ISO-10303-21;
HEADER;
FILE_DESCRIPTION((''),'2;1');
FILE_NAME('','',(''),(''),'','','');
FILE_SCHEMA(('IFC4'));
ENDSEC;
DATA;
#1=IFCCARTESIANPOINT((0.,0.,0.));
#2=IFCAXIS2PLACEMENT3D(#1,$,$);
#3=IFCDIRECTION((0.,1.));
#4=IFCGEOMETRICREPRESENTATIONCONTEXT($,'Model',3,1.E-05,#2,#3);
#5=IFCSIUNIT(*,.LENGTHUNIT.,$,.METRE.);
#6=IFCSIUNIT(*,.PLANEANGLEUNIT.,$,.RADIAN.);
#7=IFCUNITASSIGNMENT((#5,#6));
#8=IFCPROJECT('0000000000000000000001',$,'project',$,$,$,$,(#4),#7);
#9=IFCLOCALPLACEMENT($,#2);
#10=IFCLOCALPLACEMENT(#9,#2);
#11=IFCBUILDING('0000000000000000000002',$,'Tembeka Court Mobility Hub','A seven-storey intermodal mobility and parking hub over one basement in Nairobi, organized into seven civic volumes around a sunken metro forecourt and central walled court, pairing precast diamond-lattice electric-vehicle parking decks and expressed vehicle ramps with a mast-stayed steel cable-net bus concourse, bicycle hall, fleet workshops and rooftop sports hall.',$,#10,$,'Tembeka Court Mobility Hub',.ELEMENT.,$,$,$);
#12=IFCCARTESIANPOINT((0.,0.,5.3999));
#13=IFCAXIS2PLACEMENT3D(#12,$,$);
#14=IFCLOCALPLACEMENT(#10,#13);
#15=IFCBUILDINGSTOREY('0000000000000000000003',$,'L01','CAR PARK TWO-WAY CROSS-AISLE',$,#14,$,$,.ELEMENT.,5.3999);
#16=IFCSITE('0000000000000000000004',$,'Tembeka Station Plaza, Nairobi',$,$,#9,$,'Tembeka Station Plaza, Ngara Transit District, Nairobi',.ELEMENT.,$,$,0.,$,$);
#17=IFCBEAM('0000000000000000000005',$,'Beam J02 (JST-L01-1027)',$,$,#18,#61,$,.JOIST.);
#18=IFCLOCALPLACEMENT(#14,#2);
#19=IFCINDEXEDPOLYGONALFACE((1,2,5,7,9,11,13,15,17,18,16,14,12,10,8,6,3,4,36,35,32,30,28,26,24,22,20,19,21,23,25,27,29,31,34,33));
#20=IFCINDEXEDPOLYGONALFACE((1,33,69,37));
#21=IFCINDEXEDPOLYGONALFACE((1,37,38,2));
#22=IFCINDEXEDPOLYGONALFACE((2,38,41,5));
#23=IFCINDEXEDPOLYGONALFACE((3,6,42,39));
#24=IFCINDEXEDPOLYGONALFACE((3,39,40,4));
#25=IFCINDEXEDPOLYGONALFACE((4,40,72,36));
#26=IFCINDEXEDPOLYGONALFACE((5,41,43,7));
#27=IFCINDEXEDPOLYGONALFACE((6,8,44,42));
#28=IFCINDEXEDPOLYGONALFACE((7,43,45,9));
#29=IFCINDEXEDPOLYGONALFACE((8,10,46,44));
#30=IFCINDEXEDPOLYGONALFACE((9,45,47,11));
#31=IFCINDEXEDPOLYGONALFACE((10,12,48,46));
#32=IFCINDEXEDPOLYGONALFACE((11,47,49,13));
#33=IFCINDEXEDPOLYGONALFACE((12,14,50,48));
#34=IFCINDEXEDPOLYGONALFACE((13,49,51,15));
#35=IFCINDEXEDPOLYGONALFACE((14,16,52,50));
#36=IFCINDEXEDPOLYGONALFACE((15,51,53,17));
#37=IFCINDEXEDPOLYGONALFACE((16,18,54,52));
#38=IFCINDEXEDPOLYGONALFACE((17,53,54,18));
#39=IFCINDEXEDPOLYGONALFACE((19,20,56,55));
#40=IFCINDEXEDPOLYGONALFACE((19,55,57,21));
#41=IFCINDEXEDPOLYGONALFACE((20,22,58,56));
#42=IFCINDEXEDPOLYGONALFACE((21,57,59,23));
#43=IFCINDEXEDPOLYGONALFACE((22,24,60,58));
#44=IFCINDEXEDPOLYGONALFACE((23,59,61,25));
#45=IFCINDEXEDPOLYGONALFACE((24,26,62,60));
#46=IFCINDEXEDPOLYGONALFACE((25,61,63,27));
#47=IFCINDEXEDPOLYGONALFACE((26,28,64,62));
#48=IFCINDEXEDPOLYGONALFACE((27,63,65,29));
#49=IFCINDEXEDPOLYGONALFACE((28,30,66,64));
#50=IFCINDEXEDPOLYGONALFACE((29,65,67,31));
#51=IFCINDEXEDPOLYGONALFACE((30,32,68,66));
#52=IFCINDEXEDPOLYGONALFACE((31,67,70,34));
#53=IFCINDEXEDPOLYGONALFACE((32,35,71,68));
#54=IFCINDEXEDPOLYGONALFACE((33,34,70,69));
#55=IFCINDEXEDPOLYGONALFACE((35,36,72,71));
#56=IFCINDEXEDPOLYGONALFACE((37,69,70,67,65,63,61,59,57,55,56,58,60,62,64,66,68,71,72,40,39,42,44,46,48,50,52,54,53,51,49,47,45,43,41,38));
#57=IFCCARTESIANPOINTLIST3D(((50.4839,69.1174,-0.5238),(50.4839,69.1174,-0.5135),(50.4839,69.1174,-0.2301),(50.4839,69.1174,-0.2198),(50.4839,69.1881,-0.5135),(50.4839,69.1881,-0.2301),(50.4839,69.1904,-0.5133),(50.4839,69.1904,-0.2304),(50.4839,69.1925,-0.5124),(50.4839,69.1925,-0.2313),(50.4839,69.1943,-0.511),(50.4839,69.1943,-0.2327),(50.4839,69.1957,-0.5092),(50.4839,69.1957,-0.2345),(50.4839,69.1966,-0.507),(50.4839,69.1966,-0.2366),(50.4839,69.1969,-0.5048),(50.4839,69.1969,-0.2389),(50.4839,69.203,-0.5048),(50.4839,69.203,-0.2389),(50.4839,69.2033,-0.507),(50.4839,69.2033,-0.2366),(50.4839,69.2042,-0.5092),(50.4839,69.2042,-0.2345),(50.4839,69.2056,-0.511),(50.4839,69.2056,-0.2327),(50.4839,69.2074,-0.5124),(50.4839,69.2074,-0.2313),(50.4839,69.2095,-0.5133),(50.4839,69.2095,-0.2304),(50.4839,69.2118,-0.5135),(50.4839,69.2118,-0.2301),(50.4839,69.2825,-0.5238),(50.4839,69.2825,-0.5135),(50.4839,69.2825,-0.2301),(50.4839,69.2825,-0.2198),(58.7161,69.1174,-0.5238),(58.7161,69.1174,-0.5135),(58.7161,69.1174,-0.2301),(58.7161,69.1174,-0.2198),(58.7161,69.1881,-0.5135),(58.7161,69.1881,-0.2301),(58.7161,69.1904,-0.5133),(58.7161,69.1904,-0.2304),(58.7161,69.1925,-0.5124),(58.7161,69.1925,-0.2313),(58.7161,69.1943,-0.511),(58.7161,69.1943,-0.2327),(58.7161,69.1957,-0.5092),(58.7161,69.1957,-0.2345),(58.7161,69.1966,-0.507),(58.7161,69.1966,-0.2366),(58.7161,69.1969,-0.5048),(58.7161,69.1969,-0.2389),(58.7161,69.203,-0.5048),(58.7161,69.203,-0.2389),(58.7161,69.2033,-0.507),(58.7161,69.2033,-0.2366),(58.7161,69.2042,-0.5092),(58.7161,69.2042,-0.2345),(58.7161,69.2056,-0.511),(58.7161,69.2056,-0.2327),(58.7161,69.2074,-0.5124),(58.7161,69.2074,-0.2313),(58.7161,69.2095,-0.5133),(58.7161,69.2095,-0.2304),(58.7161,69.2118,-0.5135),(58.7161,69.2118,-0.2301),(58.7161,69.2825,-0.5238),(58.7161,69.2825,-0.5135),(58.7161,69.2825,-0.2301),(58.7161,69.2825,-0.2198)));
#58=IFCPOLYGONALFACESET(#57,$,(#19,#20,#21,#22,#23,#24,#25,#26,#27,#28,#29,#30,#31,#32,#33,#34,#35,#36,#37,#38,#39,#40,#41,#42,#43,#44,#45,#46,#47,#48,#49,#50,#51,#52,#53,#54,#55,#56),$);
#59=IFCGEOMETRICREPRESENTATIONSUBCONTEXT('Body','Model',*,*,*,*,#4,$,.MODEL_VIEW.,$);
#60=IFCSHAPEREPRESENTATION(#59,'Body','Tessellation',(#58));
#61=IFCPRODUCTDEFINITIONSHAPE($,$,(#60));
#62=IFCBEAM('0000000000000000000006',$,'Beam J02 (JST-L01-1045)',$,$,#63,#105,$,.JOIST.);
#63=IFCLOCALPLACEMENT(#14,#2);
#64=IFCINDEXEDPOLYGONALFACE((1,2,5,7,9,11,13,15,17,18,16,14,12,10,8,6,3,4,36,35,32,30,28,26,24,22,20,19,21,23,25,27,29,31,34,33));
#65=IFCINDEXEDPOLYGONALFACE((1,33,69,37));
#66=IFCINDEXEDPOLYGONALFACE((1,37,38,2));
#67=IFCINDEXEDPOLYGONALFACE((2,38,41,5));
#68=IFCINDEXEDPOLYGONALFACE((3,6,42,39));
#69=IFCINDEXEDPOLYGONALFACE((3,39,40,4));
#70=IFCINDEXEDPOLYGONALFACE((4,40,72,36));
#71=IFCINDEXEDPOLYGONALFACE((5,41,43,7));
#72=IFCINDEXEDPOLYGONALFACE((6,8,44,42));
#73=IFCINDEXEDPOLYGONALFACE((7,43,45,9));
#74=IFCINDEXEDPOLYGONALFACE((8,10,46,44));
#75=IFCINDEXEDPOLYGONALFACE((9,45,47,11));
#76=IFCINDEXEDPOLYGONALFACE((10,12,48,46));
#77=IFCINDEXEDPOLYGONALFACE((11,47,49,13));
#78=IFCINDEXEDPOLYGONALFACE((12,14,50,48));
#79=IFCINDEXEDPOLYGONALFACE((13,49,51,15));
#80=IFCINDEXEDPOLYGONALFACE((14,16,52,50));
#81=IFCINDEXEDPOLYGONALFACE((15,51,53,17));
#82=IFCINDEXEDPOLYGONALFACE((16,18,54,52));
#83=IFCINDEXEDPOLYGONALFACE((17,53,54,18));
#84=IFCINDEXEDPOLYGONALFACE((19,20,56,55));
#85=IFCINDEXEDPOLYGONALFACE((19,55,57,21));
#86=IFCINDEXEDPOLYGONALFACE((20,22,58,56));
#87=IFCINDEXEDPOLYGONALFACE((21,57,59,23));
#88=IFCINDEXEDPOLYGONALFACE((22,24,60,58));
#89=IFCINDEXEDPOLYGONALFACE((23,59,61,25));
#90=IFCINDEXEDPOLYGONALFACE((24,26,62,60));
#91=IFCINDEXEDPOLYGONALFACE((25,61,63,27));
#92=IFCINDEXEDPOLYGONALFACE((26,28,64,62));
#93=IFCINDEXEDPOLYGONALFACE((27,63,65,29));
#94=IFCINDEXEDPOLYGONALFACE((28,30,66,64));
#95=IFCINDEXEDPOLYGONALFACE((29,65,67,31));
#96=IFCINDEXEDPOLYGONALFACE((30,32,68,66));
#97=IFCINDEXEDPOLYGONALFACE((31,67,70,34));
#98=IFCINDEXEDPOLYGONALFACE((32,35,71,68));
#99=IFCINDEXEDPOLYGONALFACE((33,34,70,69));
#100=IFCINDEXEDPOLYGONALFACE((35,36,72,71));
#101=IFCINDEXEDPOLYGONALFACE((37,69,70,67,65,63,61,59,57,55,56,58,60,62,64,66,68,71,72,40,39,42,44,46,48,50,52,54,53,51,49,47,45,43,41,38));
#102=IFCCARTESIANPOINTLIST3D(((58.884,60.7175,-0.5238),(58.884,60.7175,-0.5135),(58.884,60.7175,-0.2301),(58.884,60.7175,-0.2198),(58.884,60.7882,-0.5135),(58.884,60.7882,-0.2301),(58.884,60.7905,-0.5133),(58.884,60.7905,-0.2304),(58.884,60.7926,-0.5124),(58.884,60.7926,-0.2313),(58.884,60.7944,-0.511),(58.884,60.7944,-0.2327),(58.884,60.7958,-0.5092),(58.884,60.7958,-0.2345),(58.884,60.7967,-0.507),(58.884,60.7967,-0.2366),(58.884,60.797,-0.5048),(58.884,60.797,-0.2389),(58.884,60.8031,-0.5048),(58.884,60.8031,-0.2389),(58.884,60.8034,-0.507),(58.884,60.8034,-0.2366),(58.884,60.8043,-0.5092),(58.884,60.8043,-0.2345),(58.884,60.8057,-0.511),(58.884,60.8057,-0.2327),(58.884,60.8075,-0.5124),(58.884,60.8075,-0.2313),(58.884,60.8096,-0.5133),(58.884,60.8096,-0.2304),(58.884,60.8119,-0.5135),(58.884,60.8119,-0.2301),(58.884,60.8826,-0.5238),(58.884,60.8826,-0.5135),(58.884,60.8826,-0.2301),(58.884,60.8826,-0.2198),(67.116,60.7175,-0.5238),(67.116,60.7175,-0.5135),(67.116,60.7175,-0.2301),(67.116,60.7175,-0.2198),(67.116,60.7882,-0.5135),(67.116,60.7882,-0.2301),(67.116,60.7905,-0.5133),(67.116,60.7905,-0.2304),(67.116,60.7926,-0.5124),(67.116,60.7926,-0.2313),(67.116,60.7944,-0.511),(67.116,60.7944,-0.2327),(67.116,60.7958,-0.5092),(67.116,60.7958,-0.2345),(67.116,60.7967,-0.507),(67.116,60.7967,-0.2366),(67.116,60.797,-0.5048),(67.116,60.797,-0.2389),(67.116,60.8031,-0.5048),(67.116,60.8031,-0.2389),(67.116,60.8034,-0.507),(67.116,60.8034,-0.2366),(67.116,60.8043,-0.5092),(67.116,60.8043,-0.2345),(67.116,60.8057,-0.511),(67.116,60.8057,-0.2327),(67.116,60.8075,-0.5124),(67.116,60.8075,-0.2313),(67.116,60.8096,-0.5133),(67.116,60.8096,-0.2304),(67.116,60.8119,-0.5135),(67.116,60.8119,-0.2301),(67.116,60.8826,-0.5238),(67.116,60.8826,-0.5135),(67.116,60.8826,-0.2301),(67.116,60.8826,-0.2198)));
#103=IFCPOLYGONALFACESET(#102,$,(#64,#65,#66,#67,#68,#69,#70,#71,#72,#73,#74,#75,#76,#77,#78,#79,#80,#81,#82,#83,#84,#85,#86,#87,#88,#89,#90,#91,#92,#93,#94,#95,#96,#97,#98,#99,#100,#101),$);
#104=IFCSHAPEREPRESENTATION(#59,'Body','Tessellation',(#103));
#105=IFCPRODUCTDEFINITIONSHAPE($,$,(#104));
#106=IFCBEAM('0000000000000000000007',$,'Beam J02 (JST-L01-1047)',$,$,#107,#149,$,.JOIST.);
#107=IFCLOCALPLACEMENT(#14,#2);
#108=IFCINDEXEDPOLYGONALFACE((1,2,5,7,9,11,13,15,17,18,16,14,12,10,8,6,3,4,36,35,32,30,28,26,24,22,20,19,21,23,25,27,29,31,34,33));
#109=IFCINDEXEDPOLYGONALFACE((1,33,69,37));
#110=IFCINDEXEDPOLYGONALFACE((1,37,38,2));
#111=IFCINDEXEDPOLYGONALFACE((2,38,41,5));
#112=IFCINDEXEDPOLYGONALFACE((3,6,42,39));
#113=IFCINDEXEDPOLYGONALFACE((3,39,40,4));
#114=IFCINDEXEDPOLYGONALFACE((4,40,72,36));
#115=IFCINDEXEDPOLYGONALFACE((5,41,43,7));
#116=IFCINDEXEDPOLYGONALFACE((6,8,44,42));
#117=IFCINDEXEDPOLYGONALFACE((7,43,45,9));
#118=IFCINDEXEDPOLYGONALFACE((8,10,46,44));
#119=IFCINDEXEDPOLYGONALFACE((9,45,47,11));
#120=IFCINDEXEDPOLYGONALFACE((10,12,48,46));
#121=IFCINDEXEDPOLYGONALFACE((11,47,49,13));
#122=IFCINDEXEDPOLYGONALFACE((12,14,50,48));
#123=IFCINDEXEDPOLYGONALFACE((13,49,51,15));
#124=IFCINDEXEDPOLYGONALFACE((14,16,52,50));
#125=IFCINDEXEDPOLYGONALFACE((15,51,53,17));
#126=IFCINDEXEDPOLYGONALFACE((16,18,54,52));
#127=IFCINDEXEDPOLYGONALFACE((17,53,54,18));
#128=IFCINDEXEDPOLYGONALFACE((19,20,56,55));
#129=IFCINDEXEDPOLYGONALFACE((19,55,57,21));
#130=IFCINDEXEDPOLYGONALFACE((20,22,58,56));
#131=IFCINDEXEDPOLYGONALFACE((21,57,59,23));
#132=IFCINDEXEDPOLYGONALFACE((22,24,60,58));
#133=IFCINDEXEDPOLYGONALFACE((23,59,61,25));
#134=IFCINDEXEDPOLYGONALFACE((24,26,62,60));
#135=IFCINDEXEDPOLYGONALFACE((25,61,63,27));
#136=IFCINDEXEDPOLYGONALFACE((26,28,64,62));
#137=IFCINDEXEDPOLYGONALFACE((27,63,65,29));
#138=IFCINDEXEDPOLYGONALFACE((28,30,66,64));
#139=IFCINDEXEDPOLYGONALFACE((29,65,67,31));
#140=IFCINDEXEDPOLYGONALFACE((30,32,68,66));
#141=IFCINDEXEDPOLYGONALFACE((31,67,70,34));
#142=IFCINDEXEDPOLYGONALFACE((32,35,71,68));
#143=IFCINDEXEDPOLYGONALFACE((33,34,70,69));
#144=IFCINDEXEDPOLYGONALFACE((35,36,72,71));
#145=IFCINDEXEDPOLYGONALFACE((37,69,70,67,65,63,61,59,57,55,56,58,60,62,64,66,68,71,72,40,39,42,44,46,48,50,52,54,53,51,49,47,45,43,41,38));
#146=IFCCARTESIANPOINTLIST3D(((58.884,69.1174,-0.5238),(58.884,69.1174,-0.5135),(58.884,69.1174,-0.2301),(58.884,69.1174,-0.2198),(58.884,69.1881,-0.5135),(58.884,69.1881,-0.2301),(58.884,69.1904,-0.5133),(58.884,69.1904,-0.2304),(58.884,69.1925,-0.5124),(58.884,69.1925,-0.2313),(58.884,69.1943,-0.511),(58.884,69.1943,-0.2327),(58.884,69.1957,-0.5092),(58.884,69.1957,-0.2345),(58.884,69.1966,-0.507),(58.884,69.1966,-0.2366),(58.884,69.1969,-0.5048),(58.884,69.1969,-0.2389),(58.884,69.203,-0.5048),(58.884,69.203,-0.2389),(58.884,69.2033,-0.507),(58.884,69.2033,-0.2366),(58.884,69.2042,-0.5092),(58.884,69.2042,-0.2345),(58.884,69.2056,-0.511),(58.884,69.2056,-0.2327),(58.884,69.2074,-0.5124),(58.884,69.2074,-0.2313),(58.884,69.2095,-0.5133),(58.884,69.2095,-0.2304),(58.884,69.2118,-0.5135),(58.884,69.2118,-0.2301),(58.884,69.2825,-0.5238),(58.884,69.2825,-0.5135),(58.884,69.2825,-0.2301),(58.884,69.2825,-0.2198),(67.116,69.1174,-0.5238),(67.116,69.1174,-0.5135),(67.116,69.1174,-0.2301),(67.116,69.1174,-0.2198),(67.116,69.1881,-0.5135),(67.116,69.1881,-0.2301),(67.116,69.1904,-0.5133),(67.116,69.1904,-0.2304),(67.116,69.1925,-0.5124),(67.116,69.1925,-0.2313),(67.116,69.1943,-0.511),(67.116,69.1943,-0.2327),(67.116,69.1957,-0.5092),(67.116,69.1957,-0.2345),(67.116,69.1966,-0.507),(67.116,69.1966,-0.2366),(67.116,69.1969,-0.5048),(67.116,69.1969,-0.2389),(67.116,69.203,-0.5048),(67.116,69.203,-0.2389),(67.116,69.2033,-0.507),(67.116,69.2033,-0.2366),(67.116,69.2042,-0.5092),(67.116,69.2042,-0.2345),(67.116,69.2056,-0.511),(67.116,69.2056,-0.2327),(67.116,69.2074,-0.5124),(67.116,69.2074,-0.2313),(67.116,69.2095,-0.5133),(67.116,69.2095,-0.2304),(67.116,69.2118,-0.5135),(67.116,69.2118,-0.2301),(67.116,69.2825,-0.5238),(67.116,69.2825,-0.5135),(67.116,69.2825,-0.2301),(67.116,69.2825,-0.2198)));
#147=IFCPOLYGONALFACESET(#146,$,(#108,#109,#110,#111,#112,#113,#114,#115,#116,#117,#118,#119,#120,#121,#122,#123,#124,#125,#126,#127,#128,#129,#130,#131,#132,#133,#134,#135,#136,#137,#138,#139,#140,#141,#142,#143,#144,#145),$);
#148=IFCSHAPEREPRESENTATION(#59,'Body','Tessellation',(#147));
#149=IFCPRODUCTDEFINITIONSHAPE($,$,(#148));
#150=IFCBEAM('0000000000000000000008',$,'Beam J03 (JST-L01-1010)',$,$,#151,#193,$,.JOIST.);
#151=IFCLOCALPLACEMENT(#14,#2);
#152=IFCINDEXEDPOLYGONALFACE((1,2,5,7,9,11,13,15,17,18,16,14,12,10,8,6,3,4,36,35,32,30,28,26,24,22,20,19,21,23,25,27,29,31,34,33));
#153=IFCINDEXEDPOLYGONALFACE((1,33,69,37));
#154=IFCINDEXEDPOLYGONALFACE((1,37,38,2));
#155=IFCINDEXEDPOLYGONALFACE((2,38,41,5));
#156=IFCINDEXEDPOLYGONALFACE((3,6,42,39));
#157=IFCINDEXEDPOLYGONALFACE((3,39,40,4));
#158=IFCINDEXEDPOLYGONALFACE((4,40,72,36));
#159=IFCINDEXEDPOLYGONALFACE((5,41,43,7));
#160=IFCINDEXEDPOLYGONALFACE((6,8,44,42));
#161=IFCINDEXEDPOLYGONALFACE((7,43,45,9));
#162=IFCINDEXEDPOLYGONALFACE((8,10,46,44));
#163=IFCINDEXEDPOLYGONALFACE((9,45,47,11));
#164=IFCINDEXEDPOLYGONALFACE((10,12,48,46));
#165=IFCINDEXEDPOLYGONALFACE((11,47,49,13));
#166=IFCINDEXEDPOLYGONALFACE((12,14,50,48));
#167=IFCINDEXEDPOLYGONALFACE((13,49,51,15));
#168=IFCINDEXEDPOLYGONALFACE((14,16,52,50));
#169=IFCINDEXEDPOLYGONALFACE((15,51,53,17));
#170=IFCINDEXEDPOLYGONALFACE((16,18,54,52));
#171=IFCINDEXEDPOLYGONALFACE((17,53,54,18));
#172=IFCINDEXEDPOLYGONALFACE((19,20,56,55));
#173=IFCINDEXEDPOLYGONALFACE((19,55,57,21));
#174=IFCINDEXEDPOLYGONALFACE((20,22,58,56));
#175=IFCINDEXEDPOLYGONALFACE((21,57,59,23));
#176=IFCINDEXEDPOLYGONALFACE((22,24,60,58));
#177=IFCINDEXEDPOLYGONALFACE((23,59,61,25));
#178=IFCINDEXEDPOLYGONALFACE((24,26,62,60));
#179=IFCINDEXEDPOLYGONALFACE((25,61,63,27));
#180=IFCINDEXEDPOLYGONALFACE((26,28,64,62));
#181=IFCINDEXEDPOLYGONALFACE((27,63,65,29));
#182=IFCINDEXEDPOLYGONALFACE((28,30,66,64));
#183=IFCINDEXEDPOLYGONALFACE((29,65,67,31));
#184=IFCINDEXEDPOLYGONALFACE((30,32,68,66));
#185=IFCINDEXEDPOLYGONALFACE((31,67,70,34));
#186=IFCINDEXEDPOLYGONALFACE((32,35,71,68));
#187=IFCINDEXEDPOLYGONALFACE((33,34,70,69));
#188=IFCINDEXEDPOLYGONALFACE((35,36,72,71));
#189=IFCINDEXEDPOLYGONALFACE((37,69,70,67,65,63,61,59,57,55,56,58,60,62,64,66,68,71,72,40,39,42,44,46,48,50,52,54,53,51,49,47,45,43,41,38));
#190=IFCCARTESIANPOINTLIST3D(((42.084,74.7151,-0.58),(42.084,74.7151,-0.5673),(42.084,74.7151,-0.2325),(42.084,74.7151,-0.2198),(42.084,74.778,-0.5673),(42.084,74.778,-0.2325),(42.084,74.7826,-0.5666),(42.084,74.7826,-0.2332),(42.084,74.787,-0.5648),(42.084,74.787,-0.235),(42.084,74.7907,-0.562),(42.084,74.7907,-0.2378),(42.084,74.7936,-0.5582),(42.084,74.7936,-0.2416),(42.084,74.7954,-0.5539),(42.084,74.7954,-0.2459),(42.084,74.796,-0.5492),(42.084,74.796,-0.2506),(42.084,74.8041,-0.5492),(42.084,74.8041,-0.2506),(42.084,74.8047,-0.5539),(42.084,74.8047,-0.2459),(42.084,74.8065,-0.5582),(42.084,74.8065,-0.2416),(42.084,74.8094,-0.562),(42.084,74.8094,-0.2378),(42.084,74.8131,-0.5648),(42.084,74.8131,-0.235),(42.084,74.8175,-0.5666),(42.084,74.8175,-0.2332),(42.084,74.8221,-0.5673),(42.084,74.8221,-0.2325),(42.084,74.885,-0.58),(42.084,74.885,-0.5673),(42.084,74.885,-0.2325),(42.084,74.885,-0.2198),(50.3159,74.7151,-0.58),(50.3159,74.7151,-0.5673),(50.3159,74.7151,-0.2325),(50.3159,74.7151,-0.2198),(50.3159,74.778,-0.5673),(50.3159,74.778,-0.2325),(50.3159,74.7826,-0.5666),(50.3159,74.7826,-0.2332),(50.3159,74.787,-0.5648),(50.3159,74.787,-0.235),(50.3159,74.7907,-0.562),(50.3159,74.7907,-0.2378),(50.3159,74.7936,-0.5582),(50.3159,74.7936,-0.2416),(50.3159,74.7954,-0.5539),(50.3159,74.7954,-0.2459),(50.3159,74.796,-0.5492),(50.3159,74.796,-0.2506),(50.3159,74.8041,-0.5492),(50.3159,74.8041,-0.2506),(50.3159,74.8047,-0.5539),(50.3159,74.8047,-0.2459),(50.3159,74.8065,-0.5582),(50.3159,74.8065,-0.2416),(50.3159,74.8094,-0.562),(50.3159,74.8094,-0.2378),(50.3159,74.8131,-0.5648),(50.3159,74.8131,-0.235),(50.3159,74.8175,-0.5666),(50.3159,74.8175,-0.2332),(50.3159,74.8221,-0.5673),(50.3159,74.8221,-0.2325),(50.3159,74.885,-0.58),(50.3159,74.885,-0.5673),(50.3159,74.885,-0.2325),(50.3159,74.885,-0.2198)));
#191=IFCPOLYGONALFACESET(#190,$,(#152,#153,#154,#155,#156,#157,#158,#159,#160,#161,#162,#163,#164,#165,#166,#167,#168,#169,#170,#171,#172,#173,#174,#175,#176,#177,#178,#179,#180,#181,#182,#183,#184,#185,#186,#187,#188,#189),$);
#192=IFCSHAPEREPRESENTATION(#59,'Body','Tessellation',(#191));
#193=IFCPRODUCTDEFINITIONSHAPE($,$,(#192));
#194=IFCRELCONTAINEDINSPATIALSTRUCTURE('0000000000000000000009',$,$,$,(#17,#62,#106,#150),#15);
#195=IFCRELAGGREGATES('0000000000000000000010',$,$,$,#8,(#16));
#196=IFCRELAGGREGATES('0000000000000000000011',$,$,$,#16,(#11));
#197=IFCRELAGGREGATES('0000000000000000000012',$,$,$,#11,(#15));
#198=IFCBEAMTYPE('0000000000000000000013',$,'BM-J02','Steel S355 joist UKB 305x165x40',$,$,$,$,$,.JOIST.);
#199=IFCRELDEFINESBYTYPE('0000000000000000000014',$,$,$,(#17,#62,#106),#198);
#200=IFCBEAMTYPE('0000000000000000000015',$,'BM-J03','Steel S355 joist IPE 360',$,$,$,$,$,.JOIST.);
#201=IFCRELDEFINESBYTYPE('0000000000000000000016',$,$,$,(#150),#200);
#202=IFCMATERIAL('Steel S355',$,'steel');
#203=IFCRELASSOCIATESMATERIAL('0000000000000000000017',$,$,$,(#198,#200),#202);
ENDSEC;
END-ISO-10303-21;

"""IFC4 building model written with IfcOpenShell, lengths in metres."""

from ifc_helpers import new_model, si_unit, direction, frame, origin, origin_2d, place, context, subcontext, project, spatial, i_section, extrude, material, material_profile, profile_set, type_object, element, save


model = new_model("IFC4")

# Units and contexts
model_context = context("Model", 3, precision=1e-05, world=origin(), true_north=direction((0.0, 1.0)))
body_context = subcontext(model_context, "Body", "Model", "MODEL_VIEW")
ifc_project = project(units=[si_unit("LENGTHUNIT", "METRE"), si_unit("PLANEANGLEUNIT", "RADIAN")], contexts=[model_context])

# Site, building, storey
site_placement = place(None, origin())
site = spatial("IfcSite", under=ifc_project, at=site_placement, Name="Tembeka Station Plaza, Nairobi", LongName="Tembeka Station Plaza, Ngara Transit District, Nairobi", CompositionType="ELEMENT", RefElevation=0.0)
building_placement = place(site_placement, origin())
building = spatial("IfcBuilding", under=site, at=building_placement, Name="Tembeka Court Mobility Hub", Description="A seven-storey intermodal mobility and parking hub over one basement in Nairobi, organized into seven civic volumes around a sunken metro forecourt and central walled court, pairing precast diamond-lattice electric-vehicle parking decks and expressed vehicle ramps with a mast-stayed steel cable-net bus concourse, bicycle hall, fleet workshops and rooftop sports hall.", LongName="Tembeka Court Mobility Hub", CompositionType="ELEMENT")
storey_placement = place(building_placement, frame((0.0, 0.0, 5.3999)))
storey = spatial("IfcBuildingStorey", under=building, at=storey_placement, Name="L01", Description="CAR PARK TWO-WAY CROSS-AISLE", CompositionType="ELEMENT", Elevation=5.3999)

# Shared definitions
ifc_material_1 = material(Name="Steel S355", Category="steel")

# Beams
ifc_material_profile_1 = material_profile(ifc_material_1, i_section(OverallWidth=0.165, OverallDepth=0.304, WebThickness=0.0061, FlangeThickness=0.0103, FilletRadius=0.0088, at=origin_2d()), Name="UKB 305x165x40")
ifc_profile_set_1 = profile_set([ifc_material_profile_1], Name="Steel S355")
beam_type_1 = type_object("IfcBeamType", Name="BM-J02", Description="Steel S355 joist UKB 305x165x40", PredefinedType="JOIST", material=ifc_profile_set_1)
beam_1_placement = place(storey_placement, frame((50.4839, 69.2, -0.3718), z_axis=(1.0, 0.0, 0.0), x_axis=(0.0, 1.0, 0.0)))
element("IfcBeam", 1, at=beam_1_placement, inside=storey, type_object=beam_type_1, Name="Beam J02 (JST-L01-1027)", PredefinedType="JOIST", context=body_context, shape_type="SweptSolid", body=[
    extrude(i_section(OverallWidth=0.165, OverallDepth=0.304, WebThickness=0.0061, FlangeThickness=0.0103, FilletRadius=0.0088, at=origin_2d()), origin(), (0.0, 0.0, 1.0), 8.2322),
])
for number, where, z_axis, x_axis, name in (
    (2, (58.884, 60.8, -0.3718), (1.0, 0.0, 0.0), (0.0, 1.0, 0.0), "Beam J02 (JST-L01-1045)"),
    (3, (58.884, 69.2, -0.3718), (1.0, 0.0, 0.0), (0.0, 1.0, 0.0), "Beam J02 (JST-L01-1047)"),
):
    element("IfcBeam", number, at=place(storey_placement, frame(where, z_axis=z_axis, x_axis=x_axis)), inside=storey, type_object=beam_type_1, Name=name, PredefinedType="JOIST", context=body_context, shape_type="SweptSolid", body=[
        extrude(i_section(OverallWidth=0.165, OverallDepth=0.304, WebThickness=0.0061, FlangeThickness=0.0103, FilletRadius=0.0088, at=origin_2d()), origin(), (0.0, 0.0, 1.0), 8.2319),
    ])
ifc_material_profile_2 = material_profile(ifc_material_1, i_section(OverallWidth=0.1699, OverallDepth=0.3601, WebThickness=0.0081, FlangeThickness=0.0127, FilletRadius=0.0181, at=origin_2d()), Name="IPE 360")
ifc_profile_set_2 = profile_set([ifc_material_profile_2], Name="Steel S355")
beam_type_2 = type_object("IfcBeamType", Name="BM-J03", Description="Steel S355 joist IPE 360", PredefinedType="JOIST", material=ifc_profile_set_2)
beam_2_placement = place(storey_placement, frame((42.084, 74.8, -0.3999), z_axis=(1.0, 0.0, 0.0), x_axis=(0.0, 1.0, 0.0)))
element("IfcBeam", 4, at=beam_2_placement, inside=storey, type_object=beam_type_2, Name="Beam J03 (JST-L01-1010)", PredefinedType="JOIST", context=body_context, shape_type="SweptSolid", body=[
    extrude(i_section(OverallWidth=0.1699, OverallDepth=0.3601, WebThickness=0.0081, FlangeThickness=0.0127, FilletRadius=0.0181, at=origin_2d()), origin(), (0.0, 0.0, 1.0), 8.2319),
])

save(model, "model.ifc")
